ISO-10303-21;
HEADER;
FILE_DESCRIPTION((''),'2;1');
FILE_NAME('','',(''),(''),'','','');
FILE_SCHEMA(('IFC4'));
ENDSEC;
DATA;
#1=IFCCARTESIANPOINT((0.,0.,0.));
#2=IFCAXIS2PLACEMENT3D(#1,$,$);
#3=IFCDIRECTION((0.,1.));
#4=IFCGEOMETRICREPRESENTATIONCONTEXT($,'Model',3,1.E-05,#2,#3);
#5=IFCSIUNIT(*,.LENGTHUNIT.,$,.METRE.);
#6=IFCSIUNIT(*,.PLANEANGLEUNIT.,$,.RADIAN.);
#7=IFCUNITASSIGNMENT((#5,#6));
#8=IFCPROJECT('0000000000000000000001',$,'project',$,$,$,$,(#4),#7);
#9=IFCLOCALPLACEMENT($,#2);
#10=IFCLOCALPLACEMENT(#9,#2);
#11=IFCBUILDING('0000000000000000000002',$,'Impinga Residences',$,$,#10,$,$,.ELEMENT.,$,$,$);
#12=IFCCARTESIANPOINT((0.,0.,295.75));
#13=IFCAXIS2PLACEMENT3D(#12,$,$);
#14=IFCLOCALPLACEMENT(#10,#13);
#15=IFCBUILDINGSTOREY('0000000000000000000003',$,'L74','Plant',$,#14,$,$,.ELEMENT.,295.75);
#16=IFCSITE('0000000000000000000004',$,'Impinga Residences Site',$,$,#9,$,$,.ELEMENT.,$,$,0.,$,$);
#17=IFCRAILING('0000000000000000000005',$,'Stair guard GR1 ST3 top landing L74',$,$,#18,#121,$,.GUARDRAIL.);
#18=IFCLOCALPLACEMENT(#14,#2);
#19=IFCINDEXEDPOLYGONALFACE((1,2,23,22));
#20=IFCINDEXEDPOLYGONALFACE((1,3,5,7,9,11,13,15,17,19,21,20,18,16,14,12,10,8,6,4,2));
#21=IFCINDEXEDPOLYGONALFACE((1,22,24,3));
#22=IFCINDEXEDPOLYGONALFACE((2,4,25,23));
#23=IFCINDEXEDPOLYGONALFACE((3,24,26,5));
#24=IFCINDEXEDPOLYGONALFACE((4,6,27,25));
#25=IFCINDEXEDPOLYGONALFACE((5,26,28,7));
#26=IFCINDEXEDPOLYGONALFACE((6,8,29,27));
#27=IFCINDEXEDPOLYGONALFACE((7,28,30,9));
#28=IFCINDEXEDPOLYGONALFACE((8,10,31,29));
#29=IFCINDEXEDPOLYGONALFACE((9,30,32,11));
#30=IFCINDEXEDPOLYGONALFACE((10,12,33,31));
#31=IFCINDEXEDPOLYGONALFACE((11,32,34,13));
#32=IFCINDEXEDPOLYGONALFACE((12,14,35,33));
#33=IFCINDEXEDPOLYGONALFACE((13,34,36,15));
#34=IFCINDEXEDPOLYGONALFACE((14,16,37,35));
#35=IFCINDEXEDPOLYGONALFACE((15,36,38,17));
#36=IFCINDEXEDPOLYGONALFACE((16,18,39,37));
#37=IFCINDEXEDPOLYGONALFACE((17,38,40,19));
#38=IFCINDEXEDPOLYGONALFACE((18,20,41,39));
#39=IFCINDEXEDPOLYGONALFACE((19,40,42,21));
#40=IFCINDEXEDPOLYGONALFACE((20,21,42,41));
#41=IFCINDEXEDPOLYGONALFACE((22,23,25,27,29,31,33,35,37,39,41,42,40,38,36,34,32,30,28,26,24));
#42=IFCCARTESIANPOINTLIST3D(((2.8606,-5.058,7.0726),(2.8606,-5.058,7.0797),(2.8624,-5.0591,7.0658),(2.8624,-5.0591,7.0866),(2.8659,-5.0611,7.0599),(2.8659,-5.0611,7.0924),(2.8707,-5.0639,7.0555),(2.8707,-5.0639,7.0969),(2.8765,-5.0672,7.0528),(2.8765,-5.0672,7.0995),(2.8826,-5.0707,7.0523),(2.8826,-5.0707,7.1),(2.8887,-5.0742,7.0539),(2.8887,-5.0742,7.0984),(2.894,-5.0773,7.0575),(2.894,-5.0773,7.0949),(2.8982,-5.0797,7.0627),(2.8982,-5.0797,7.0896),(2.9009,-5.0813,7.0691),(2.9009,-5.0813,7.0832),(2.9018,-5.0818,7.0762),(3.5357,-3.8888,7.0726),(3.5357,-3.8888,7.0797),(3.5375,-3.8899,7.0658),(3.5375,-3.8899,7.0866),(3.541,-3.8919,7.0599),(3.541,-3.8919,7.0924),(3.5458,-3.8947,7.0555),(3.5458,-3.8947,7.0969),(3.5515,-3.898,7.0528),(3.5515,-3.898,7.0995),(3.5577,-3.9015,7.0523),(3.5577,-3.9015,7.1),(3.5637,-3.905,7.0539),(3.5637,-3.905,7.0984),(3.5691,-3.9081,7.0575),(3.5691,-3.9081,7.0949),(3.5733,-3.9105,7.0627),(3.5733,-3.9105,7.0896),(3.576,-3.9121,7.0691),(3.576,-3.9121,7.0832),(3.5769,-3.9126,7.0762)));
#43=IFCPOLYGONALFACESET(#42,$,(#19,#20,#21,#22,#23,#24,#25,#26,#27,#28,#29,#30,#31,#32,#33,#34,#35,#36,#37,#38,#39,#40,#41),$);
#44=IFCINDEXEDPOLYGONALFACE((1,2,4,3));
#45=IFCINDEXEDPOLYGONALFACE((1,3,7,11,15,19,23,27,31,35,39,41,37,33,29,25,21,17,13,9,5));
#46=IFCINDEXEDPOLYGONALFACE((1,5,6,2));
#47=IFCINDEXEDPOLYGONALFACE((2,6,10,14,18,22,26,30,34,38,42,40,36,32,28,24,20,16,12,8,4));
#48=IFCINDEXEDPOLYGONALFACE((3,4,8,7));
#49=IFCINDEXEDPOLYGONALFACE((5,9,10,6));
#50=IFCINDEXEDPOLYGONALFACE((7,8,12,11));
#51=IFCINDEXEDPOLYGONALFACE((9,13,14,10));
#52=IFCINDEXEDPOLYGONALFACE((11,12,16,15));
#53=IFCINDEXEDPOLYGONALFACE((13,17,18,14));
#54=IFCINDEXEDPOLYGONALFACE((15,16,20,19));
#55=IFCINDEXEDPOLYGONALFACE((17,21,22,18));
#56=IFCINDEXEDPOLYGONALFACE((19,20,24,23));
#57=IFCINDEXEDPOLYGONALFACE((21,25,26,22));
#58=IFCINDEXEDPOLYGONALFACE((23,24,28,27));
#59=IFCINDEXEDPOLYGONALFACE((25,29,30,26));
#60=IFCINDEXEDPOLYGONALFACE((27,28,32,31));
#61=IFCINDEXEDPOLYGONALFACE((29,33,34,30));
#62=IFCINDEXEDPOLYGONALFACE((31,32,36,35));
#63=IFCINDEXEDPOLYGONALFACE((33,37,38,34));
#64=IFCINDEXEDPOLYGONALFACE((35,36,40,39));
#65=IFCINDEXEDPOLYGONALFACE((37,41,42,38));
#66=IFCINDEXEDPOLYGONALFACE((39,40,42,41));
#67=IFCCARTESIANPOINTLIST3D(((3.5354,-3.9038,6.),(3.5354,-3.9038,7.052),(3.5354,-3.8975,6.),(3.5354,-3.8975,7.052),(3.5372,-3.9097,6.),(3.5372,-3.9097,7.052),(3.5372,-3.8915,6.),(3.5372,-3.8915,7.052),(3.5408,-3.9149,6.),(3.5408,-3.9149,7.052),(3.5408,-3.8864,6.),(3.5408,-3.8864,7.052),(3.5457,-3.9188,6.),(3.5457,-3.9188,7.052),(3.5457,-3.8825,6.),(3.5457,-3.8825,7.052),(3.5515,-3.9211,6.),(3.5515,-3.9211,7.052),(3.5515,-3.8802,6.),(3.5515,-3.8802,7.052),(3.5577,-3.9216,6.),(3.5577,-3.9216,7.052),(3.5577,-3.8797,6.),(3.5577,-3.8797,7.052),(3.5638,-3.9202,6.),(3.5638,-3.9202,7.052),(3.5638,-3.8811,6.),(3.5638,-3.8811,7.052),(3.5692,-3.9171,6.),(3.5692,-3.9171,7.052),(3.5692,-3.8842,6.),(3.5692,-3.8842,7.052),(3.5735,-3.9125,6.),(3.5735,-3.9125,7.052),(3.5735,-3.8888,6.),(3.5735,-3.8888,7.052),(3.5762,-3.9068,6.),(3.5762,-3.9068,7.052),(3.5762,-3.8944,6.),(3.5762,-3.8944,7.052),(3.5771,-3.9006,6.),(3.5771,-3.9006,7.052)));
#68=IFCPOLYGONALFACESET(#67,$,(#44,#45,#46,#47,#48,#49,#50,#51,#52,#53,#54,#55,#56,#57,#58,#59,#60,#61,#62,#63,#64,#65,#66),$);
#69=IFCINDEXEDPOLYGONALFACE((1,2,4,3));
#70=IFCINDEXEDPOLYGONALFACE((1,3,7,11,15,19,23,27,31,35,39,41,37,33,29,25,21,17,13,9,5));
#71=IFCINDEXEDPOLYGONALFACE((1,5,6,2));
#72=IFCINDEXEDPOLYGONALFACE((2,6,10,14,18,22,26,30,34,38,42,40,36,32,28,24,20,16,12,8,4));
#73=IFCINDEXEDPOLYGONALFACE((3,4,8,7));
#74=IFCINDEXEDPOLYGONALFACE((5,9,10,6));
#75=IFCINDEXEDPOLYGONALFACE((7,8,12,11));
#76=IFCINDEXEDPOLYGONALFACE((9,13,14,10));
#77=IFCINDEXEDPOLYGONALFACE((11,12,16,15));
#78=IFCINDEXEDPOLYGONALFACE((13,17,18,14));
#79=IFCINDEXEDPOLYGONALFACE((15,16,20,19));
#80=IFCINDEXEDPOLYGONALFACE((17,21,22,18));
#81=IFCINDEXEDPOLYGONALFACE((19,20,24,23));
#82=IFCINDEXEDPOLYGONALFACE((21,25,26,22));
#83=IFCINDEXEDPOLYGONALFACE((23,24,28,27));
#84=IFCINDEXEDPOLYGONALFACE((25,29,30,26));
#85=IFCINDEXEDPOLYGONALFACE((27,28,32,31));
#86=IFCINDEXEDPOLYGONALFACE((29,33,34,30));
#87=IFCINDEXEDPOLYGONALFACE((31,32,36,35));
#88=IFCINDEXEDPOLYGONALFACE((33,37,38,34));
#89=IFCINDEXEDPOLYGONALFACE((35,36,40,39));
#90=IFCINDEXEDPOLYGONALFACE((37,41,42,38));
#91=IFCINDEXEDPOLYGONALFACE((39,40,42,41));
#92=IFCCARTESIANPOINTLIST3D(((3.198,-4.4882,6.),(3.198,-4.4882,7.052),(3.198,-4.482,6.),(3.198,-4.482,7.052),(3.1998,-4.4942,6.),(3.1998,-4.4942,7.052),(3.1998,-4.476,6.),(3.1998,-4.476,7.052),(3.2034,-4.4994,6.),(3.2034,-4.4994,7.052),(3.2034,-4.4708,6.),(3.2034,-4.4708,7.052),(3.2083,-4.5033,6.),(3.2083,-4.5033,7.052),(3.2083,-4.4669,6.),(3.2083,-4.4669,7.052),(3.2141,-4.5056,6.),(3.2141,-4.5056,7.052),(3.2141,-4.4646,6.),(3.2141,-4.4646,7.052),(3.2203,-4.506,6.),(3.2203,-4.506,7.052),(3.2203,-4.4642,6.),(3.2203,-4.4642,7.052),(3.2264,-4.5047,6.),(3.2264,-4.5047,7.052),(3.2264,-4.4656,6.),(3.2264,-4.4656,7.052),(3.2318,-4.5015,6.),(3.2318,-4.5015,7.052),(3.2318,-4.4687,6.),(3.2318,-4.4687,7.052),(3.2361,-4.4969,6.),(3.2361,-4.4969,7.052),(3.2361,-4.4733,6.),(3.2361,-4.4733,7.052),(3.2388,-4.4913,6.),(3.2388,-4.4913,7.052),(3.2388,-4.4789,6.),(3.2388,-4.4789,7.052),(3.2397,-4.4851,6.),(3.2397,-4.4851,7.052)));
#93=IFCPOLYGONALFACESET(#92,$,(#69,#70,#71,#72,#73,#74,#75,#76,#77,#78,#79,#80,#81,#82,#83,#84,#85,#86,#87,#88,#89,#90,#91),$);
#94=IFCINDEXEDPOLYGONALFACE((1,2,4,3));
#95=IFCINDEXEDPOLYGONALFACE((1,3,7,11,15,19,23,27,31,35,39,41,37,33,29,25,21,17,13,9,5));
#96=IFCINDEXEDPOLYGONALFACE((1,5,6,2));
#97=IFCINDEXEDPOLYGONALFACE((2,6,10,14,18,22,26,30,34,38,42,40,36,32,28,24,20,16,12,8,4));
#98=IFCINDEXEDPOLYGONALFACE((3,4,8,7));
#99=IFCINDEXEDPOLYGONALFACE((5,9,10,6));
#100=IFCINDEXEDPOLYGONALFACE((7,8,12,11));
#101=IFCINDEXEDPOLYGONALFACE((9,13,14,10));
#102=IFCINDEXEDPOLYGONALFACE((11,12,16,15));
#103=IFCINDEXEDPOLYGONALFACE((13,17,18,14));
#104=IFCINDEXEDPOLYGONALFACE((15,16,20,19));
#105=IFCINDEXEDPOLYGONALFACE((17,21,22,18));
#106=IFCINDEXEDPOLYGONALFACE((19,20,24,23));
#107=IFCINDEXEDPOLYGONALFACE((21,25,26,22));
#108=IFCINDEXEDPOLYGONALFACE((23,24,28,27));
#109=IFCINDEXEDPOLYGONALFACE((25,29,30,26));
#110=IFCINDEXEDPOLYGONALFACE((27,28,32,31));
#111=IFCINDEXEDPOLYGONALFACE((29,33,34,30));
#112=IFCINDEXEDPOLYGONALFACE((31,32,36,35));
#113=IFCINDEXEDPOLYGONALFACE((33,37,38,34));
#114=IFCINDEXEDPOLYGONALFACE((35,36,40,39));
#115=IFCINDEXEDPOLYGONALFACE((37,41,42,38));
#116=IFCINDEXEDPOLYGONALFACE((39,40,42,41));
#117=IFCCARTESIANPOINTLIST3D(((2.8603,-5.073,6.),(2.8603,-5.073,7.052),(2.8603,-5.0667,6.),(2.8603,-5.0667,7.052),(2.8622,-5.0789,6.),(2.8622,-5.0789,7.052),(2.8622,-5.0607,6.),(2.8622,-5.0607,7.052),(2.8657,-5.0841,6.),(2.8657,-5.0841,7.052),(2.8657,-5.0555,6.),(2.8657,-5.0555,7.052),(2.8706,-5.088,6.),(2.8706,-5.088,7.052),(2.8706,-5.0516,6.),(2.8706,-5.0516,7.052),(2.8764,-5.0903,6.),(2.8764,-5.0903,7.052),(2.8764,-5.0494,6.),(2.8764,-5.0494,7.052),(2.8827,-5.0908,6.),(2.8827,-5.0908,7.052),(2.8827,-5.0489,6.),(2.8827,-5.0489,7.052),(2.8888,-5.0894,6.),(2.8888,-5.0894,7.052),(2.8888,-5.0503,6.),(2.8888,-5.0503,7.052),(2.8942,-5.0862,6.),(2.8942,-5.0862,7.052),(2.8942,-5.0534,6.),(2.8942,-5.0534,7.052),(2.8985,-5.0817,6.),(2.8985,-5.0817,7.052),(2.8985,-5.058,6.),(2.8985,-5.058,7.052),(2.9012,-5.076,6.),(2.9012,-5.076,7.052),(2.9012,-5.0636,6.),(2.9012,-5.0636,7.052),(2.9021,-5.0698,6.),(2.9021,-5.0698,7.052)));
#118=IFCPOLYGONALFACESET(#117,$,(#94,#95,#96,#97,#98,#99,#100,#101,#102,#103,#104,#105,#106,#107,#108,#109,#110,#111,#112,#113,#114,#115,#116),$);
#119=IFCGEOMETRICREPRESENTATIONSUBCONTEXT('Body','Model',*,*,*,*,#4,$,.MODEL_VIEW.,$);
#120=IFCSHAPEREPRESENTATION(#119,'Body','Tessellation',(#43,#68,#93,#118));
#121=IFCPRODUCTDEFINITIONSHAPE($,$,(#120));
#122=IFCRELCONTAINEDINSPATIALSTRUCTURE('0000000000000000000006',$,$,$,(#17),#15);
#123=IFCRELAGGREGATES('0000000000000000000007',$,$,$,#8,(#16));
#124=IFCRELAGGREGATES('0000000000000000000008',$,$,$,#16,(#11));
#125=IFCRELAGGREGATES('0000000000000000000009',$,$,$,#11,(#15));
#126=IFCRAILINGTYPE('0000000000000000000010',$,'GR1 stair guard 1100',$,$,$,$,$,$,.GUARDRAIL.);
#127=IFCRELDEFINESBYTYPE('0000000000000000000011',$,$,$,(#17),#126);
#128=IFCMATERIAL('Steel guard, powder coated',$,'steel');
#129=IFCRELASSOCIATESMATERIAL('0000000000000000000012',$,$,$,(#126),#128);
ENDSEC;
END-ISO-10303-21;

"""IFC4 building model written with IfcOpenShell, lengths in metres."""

from ifc_helpers import new_model, si_unit, direction, frame, origin, origin_2d, place, context, subcontext, project, spatial, circle, extrude, material, type_object, element, save


model = new_model("IFC4")

# Units and contexts
model_context = context("Model", 3, precision=1e-05, world=origin(), true_north=direction((0.0, 1.0)))
body_context = subcontext(model_context, "Body", "Model", "MODEL_VIEW")
ifc_project = project(units=[si_unit("LENGTHUNIT", "METRE"), si_unit("PLANEANGLEUNIT", "RADIAN")], contexts=[model_context])

# Site, building, storey
site_placement = place(None, origin())
site = spatial("IfcSite", under=ifc_project, at=site_placement, Name="Impinga Residences Site", CompositionType="ELEMENT", RefElevation=0.0)
building_placement = place(site_placement, origin())
building = spatial("IfcBuilding", under=site, at=building_placement, Name="Impinga Residences", CompositionType="ELEMENT")
storey_placement = place(building_placement, frame((0.0, 0.0, 295.75)))
storey = spatial("IfcBuildingStorey", under=building, at=storey_placement, Name="L74", Description="Plant", CompositionType="ELEMENT", Elevation=295.75)

# Railing
ifc_material_1 = material(Name="Steel guard, powder coated", Category="steel")
railing_type_1 = type_object("IfcRailingType", Name="GR1 stair guard 1100", PredefinedType="GUARDRAIL", material=ifc_material_1)
railing_1_placement = place(storey_placement, frame((3.5562, -3.9006, 6.0)))
element("IfcRailing", 1, at=railing_1_placement, inside=storey, type_object=railing_type_1, Name="Stair guard GR1 ST3 top landing L74", PredefinedType="GUARDRAIL", context=body_context, shape_type="SweptSolid", body=[
    extrude(circle(Radius=0.0239, at=origin_2d()), frame((0.0, 0.0, 1.0762), z_axis=(-0.500009, -0.86602, 0.0), x_axis=(0.86602, -0.500009, 0.0)), (0.0, 0.0, 1.0), 1.3501),
    extrude(circle(Radius=0.021, at=origin_2d()), origin(), (0.0, 0.0, 1.0), 1.052),
    extrude(circle(Radius=0.021, at=origin_2d()), frame((-0.3374, -0.5845, 0.0)), (0.0, 0.0, 1.0), 1.052),
    extrude(circle(Radius=0.021, at=origin_2d()), frame((-0.675, -1.1692, 0.0)), (0.0, 0.0, 1.0), 1.052),
])

save(model, "model.ifc")
